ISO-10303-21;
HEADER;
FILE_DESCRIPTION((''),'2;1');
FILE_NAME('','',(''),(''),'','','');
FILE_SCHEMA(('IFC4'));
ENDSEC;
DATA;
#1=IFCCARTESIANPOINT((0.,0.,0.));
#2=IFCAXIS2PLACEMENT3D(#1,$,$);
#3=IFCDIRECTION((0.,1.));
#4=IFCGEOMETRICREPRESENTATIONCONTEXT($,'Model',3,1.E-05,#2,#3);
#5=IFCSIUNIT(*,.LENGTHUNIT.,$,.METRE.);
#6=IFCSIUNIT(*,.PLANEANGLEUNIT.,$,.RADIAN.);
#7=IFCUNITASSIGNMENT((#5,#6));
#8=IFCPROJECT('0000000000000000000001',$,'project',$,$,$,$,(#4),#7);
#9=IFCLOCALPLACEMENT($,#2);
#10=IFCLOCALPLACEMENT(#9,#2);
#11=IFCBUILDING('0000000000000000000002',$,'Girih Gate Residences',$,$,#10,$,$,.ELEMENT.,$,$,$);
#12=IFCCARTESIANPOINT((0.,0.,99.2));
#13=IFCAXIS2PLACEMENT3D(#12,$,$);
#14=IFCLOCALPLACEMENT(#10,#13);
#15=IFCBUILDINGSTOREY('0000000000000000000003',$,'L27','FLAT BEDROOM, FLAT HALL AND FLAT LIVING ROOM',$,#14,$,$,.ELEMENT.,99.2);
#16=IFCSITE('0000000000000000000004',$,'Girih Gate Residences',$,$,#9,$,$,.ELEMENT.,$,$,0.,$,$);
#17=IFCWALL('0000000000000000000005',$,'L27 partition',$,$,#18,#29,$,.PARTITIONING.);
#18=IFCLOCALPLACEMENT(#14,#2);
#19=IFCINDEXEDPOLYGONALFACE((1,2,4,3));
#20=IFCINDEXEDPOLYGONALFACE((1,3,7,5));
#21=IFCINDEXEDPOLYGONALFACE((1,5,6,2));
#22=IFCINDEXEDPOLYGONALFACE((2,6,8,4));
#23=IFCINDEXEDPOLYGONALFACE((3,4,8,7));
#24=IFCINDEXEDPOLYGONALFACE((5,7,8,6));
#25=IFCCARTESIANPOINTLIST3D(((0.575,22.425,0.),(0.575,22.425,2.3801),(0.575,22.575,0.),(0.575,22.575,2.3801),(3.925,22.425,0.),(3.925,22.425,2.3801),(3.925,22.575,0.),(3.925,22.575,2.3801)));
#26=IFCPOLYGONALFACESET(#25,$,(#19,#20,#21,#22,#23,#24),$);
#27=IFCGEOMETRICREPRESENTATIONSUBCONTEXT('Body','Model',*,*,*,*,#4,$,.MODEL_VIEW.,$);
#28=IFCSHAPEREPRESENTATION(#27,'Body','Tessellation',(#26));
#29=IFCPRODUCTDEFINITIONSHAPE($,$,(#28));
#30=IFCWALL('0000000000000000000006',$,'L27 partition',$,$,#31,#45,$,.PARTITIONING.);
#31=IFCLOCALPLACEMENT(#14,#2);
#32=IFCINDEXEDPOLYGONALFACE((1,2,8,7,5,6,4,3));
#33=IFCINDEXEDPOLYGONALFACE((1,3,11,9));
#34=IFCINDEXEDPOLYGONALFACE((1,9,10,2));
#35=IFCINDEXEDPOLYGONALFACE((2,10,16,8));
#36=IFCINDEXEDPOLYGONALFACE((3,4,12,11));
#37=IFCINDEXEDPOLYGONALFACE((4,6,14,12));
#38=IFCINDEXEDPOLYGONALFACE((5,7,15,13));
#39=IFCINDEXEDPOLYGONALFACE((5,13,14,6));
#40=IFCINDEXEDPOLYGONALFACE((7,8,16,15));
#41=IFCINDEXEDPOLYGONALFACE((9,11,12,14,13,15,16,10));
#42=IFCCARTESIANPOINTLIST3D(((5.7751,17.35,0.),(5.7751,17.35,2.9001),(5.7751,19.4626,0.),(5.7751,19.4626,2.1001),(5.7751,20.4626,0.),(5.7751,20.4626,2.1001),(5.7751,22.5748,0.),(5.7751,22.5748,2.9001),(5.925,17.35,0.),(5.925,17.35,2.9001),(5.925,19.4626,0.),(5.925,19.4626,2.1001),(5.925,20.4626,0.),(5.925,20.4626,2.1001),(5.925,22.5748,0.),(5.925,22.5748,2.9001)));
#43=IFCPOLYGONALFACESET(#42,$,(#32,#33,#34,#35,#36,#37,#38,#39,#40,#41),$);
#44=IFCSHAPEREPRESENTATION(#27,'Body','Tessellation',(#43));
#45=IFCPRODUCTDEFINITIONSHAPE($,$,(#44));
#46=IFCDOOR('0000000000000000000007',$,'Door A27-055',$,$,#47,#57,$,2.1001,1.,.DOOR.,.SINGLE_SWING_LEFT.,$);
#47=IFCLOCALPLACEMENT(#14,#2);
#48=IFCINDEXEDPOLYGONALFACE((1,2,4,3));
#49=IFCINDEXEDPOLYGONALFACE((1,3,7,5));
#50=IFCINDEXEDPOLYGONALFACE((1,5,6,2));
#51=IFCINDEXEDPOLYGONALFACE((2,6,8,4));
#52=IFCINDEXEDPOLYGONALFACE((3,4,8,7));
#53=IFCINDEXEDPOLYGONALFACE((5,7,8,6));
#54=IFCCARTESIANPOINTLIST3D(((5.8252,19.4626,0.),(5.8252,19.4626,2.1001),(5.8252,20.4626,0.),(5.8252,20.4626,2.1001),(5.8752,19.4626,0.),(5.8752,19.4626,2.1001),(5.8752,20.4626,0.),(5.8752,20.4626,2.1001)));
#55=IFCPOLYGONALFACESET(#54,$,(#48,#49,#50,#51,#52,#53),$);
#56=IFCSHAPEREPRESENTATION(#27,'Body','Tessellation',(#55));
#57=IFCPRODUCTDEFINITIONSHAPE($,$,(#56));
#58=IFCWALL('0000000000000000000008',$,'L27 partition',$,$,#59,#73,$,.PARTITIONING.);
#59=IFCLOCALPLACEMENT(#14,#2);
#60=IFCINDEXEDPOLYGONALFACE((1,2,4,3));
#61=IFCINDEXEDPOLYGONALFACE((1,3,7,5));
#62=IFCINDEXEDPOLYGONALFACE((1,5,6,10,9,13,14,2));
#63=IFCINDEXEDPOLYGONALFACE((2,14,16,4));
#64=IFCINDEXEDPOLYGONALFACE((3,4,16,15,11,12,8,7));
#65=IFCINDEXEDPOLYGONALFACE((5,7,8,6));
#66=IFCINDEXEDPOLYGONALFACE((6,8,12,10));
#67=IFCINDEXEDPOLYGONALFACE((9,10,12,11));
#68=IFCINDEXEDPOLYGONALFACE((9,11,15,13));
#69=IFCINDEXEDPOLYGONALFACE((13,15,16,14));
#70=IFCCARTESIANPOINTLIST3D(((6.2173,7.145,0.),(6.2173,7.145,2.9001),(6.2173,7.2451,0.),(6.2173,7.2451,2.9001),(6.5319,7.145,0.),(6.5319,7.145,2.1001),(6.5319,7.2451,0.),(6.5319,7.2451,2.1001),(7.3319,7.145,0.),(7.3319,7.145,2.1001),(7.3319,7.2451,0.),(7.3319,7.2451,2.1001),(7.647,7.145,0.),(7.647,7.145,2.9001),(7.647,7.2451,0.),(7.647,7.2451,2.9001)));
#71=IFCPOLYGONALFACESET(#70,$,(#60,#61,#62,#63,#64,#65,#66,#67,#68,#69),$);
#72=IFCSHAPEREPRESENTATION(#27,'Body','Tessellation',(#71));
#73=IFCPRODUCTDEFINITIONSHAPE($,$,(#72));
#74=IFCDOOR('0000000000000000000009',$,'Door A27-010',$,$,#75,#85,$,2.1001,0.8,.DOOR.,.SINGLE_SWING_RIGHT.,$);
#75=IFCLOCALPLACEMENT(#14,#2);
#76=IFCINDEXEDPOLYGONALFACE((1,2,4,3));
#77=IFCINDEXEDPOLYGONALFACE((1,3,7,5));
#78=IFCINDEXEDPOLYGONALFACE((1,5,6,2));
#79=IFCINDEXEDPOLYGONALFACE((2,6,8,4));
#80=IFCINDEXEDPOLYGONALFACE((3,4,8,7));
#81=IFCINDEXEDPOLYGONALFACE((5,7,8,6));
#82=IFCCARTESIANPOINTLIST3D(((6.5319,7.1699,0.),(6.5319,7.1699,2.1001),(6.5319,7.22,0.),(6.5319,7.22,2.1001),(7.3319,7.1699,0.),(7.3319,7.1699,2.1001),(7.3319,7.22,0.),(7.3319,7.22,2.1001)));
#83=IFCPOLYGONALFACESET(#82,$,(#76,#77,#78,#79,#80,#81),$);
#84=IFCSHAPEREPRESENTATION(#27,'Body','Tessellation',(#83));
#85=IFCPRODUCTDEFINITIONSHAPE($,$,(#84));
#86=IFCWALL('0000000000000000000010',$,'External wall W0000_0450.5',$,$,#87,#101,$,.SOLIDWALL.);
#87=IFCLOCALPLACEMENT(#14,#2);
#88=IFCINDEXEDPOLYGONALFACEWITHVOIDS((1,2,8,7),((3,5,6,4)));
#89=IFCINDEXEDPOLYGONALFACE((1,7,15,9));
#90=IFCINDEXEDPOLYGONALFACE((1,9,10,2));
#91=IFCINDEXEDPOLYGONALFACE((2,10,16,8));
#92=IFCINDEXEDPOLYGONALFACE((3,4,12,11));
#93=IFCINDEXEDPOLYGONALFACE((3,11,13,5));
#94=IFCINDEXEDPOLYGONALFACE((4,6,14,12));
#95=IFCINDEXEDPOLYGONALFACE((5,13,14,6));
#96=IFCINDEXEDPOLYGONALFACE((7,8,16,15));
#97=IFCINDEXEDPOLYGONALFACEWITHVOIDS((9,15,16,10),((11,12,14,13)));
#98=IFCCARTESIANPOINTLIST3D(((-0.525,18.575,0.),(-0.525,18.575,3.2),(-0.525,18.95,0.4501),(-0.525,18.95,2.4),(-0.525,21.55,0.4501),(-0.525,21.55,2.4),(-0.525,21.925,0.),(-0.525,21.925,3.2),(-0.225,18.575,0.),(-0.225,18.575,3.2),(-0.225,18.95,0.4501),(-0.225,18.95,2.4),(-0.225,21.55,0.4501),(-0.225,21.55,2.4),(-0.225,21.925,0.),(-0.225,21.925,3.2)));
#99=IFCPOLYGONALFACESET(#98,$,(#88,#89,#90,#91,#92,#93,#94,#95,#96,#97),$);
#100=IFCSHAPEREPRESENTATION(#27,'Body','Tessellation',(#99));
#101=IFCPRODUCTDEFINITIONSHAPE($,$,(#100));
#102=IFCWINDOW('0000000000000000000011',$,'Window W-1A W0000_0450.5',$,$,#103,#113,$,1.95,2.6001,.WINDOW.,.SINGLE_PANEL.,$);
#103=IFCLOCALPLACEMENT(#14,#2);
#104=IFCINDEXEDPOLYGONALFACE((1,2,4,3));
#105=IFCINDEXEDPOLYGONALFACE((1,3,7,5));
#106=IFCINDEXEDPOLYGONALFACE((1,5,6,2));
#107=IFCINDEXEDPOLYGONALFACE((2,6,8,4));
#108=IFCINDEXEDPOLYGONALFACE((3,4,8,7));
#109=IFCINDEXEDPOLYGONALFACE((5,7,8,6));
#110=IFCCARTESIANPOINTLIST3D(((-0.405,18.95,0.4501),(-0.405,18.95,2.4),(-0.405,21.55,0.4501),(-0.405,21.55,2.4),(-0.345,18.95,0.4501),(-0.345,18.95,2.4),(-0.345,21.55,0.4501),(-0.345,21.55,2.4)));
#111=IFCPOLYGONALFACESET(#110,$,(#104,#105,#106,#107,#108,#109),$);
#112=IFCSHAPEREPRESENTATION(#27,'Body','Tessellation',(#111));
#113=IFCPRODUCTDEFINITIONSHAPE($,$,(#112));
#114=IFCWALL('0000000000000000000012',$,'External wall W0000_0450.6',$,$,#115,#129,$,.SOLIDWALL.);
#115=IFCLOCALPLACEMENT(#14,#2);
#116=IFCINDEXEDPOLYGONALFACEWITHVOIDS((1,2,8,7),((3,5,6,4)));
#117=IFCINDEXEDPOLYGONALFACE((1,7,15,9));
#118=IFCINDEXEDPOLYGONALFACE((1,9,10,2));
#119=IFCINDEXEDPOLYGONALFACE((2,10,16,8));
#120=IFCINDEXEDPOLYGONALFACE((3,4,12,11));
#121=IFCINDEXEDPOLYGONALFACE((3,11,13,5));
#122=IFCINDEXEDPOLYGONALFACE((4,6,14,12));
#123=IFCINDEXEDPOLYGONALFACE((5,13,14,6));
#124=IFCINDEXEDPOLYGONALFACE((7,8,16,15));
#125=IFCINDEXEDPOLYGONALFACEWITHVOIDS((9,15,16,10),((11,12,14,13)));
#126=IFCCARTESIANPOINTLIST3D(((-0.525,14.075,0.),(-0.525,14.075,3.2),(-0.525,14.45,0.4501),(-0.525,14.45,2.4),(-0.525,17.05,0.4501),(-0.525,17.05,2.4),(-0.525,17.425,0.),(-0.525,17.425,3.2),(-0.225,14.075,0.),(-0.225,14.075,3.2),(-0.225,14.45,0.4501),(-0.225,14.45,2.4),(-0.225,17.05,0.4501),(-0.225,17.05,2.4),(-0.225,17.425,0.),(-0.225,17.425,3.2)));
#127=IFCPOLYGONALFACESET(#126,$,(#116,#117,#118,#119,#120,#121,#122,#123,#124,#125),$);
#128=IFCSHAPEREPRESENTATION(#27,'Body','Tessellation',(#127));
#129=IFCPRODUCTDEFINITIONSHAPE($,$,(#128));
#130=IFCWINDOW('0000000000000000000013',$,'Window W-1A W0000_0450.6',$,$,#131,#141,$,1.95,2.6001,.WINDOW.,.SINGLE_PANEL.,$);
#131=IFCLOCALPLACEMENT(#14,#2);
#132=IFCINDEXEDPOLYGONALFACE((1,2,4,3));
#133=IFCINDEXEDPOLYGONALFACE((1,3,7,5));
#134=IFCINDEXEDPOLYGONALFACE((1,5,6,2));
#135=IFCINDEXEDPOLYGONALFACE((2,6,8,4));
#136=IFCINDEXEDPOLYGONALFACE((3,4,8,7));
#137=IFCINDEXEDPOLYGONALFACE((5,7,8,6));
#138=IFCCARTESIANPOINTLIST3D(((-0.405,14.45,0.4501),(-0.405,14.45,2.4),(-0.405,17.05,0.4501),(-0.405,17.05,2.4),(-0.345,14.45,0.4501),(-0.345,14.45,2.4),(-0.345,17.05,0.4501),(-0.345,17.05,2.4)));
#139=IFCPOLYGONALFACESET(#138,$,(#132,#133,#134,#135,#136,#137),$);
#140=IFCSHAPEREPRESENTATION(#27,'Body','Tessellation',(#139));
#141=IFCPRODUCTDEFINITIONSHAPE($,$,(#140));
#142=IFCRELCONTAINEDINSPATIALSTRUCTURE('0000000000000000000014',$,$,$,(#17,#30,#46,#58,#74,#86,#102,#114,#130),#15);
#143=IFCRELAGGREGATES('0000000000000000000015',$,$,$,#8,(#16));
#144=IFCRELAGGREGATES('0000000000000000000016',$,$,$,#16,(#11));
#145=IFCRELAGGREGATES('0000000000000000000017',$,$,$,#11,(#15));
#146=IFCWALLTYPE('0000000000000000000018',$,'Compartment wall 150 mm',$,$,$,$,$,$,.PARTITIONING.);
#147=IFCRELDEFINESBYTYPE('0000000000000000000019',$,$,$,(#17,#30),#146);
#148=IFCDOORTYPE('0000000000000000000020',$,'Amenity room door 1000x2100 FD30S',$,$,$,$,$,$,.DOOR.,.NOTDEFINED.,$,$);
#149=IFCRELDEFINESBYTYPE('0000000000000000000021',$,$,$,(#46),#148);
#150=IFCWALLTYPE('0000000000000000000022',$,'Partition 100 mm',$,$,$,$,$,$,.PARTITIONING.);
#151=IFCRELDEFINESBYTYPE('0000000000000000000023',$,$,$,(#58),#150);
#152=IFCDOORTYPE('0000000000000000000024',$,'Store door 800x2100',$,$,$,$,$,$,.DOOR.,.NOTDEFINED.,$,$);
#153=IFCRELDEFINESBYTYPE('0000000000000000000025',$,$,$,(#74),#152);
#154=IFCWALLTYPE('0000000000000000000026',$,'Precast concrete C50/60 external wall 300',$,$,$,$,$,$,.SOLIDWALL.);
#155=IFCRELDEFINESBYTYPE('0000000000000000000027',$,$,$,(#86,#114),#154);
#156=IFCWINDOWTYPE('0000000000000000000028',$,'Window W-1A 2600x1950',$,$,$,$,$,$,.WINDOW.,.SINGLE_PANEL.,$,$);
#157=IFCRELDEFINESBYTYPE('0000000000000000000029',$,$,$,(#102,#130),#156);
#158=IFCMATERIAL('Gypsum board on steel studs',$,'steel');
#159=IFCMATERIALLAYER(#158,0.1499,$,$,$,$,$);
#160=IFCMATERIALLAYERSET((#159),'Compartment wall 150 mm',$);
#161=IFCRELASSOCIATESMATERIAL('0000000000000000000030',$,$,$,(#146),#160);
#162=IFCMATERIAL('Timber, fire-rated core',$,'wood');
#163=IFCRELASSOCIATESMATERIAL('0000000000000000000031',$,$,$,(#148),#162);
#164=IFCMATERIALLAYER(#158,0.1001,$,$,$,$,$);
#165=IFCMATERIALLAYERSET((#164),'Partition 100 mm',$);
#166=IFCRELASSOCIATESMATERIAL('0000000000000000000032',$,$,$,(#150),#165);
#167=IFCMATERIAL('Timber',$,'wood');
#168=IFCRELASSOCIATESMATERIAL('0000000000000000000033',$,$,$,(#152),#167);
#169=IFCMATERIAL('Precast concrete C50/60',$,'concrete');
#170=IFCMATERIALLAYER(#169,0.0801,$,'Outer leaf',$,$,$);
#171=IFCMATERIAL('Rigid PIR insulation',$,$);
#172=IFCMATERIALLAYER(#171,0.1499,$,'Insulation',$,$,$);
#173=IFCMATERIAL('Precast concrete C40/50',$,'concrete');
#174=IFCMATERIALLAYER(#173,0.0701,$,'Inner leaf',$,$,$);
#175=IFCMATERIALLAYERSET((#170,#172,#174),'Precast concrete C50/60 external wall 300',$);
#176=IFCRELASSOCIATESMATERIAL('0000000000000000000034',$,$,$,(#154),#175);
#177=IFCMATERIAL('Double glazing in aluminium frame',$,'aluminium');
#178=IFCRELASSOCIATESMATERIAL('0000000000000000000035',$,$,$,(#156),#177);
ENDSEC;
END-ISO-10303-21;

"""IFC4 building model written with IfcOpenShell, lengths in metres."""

from ifc_helpers import new_model, si_unit, direction, frame, frame_2d, origin, place, context, subcontext, project, spatial, rectangle, extrude, material, layer, layer_set, type_object, element, fill, save


model = new_model("IFC4")

# Units and contexts
model_context = context("Model", 3, precision=1e-05, world=origin(), true_north=direction((0.0, 1.0)))
body_context = subcontext(model_context, "Body", "Model", "MODEL_VIEW")
ifc_project = project(units=[si_unit("LENGTHUNIT", "METRE"), si_unit("PLANEANGLEUNIT", "RADIAN")], contexts=[model_context])

# Site, building, storey
site_placement = place(None, origin())
site = spatial("IfcSite", under=ifc_project, at=site_placement, Name="Girih Gate Residences", CompositionType="ELEMENT", RefElevation=0.0)
building_placement = place(site_placement, origin())
building = spatial("IfcBuilding", under=site, at=building_placement, Name="Girih Gate Residences", CompositionType="ELEMENT")
storey_placement = place(building_placement, frame((0.0, 0.0, 99.2)))
storey = spatial("IfcBuildingStorey", under=building, at=storey_placement, Name="L27", Description="FLAT BEDROOM, FLAT HALL AND FLAT LIVING ROOM", CompositionType="ELEMENT", Elevation=99.2)

# Shared definitions
ifc_material_1 = material(Name="Gypsum board on steel studs", Category="steel")
ifc_layer_1 = layer(ifc_material_1, 0.1499)
ifc_layer_set_1 = layer_set([ifc_layer_1], Name="Compartment wall 150 mm")
wall_type_1 = type_object("IfcWallType", Name="Compartment wall 150 mm", PredefinedType="PARTITIONING", material=ifc_layer_set_1)

# Shared definitions
ifc_material_2 = material(Name="Timber", Category="wood")

# Wall
wall_1_placement = place(storey_placement, frame((0.575, 22.5, 0.0), z_axis=(0.0, 0.0, 1.0), x_axis=(1.0, 0.0, 0.0)))
element("IfcWall", 1, at=wall_1_placement, inside=storey, type_object=wall_type_1, Name="L27 partition", PredefinedType="PARTITIONING", context=body_context, shape_type="SweptSolid", body=[
    extrude(rectangle(XDim=3.3501, YDim=0.1499, at=frame_2d((1.675, 0.0))), origin(), (0.0, 0.0, 1.0), 2.3801),
])

# Walls, openings, doors
wall_2_placement = place(storey_placement, frame((5.8501, 17.3501, 0.0), z_axis=(0.0, 0.0, 1.0), x_axis=(0.0, 1.0, 0.0)))
wall_2 = element("IfcWall", 2, at=wall_2_placement, inside=storey, type_object=wall_type_1, Name="L27 partition", PredefinedType="PARTITIONING", context=body_context, shape_type="SweptSolid", body=[
    extrude(rectangle(XDim=5.2249, YDim=0.1499, at=frame_2d((2.6123, 0.0))), origin(), (0.0, 0.0, 1.0), 2.9001),
])
opening_1_placement = place(wall_2_placement, frame((2.1125, 0.0, 0.0)))
opening_1 = element("IfcOpeningElement", 3, at=opening_1_placement, cuts=wall_2, PredefinedType="OPENING", context=body_context, shape_type="SweptSolid", body=[
    extrude(rectangle(XDim=1.0, YDim=2.1001, at=frame_2d((0.5, 1.05))), frame((0.0, 0.085, 0.0), z_axis=(0.0, -1.0, 0.0), x_axis=(1.0, 0.0, 0.0)), (0.0, 0.0, 1.0), 0.1699),
])
ifc_material_3 = material(Name="Timber, fire-rated core", Category="wood")
door_type_1 = type_object("IfcDoorType", Name="Amenity room door 1000x2100 FD30S", OperationType="NOTDEFINED", PredefinedType="DOOR", material=ifc_material_3)
door_1_placement = place(opening_1_placement, origin())
door_1 = element("IfcDoor", 4, at=door_1_placement, inside=storey, type_object=door_type_1, Name="Door A27-055", OperationType="SINGLE_SWING_LEFT", OverallHeight=2.1001, OverallWidth=1.0, PredefinedType="DOOR", context=body_context, shape_type="SweptSolid", body=[
    extrude(rectangle(XDim=1.0, YDim=2.1001, at=frame_2d((0.5, 1.05))), frame((0.0, 0.0249, 0.0), z_axis=(0.0, -1.0, 0.0), x_axis=(1.0, 0.0, 0.0)), (0.0, 0.0, 1.0), 0.05),
])
fill(opening_1, door_1)
ifc_layer_2 = layer(ifc_material_1, 0.1001)
ifc_layer_set_2 = layer_set([ifc_layer_2], Name="Partition 100 mm")
wall_type_2 = type_object("IfcWallType", Name="Partition 100 mm", PredefinedType="PARTITIONING", material=ifc_layer_set_2)
wall_3_placement = place(storey_placement, frame((6.2173, 7.1951, 0.0), z_axis=(0.0, 0.0, 1.0), x_axis=(1.0, 0.0, 0.0)))
wall_3 = element("IfcWall", 5, at=wall_3_placement, inside=storey, type_object=wall_type_2, Name="L27 partition", PredefinedType="PARTITIONING", context=body_context, shape_type="SweptSolid", body=[
    extrude(rectangle(XDim=1.4297, YDim=0.1001, at=frame_2d((0.7148, 0.0))), origin(), (0.0, 0.0, 1.0), 2.9001),
])
opening_2_placement = place(wall_3_placement, frame((0.3147, 0.0, 0.0)))
opening_2 = element("IfcOpeningElement", 6, at=opening_2_placement, cuts=wall_3, PredefinedType="OPENING", context=body_context, shape_type="SweptSolid", body=[
    extrude(rectangle(XDim=0.8, YDim=2.1001, at=frame_2d((0.3999, 1.05))), frame((0.0, 0.0601, 0.0), z_axis=(0.0, -1.0, 0.0), x_axis=(1.0, 0.0, 0.0)), (0.0, 0.0, 1.0), 0.1201),
])
door_type_2 = type_object("IfcDoorType", Name="Store door 800x2100", OperationType="NOTDEFINED", PredefinedType="DOOR", material=ifc_material_2)
door_2_placement = place(opening_2_placement, origin())
door_2 = element("IfcDoor", 7, at=door_2_placement, inside=storey, type_object=door_type_2, Name="Door A27-010", OperationType="SINGLE_SWING_RIGHT", OverallHeight=2.1001, OverallWidth=0.8, PredefinedType="DOOR", context=body_context, shape_type="SweptSolid", body=[
    extrude(rectangle(XDim=0.8, YDim=2.1001, at=frame_2d((0.3999, 1.05))), frame((0.0, 0.0249, 0.0), z_axis=(0.0, -1.0, 0.0), x_axis=(1.0, 0.0, 0.0)), (0.0, 0.0, 1.0), 0.05),
])
fill(opening_2, door_2)

# Walls, openings, windows
ifc_material_4 = material(Name="Precast concrete C50/60", Category="concrete")
ifc_layer_3 = layer(ifc_material_4, 0.0801, Name="Outer leaf")
ifc_material_5 = material(Name="Rigid PIR insulation")
ifc_layer_4 = layer(ifc_material_5, 0.1499, Name="Insulation")
ifc_material_6 = material(Name="Precast concrete C40/50", Category="concrete")
ifc_layer_5 = layer(ifc_material_6, 0.0701, Name="Inner leaf")
ifc_layer_set_3 = layer_set([ifc_layer_3, ifc_layer_4, ifc_layer_5], Name="Precast concrete C50/60 external wall 300")
wall_type_3 = type_object("IfcWallType", Name="Precast concrete C50/60 external wall 300", PredefinedType="SOLIDWALL", material=ifc_layer_set_3)
wall_4_placement = place(storey_placement, frame((-0.375, 18.575, 0.0), z_axis=(0.0, 0.0, 1.0), x_axis=(0.0, 1.0, 0.0)))
wall_4 = element("IfcWall", 8, at=wall_4_placement, inside=storey, type_object=wall_type_3, Name="External wall W0000_0450.5", PredefinedType="SOLIDWALL", context=body_context, shape_type="SweptSolid", body=[
    extrude(rectangle(XDim=3.3501, YDim=0.3, at=frame_2d((1.675, 0.0))), origin(), (0.0, 0.0, 1.0), 3.2),
])
opening_3_placement = place(wall_4_placement, frame((0.375, 0.0, 0.45)))
opening_3 = element("IfcOpeningElement", 9, at=opening_3_placement, cuts=wall_4, PredefinedType="OPENING", context=body_context, shape_type="SweptSolid", body=[
    extrude(rectangle(XDim=2.6001, YDim=1.95, at=frame_2d((1.3, 0.9751))), frame((0.0, 0.1599, 0.0), z_axis=(0.0, -1.0, 0.0), x_axis=(1.0, 0.0, 0.0)), (0.0, 0.0, 1.0), 0.3201),
])
ifc_material_7 = material(Name="Double glazing in aluminium frame", Category="aluminium")
window_type = type_object("IfcWindowType", Name="Window W-1A 2600x1950", PartitioningType="SINGLE_PANEL", PredefinedType="WINDOW", material=ifc_material_7)
window_1_placement = place(opening_3_placement, origin())
window_1 = element("IfcWindow", 10, at=window_1_placement, inside=storey, type_object=window_type, Name="Window W-1A W0000_0450.5", OverallHeight=1.95, OverallWidth=2.6001, PartitioningType="SINGLE_PANEL", PredefinedType="WINDOW", context=body_context, shape_type="SweptSolid", body=[
    extrude(rectangle(XDim=2.6001, YDim=1.95, at=frame_2d((1.3, 0.9751))), frame((0.0, 0.03, 0.0), z_axis=(0.0, -1.0, 0.0), x_axis=(1.0, 0.0, 0.0)), (0.0, 0.0, 1.0), 0.0601),
])
fill(opening_3, window_1)
wall_5_placement = place(storey_placement, frame((-0.375, 14.075, 0.0), z_axis=(0.0, 0.0, 1.0), x_axis=(0.0, 1.0, 0.0)))
wall_5 = element("IfcWall", 11, at=wall_5_placement, inside=storey, type_object=wall_type_3, Name="External wall W0000_0450.6", PredefinedType="SOLIDWALL", context=body_context, shape_type="SweptSolid", body=[
    extrude(rectangle(XDim=3.3501, YDim=0.3, at=frame_2d((1.675, 0.0))), origin(), (0.0, 0.0, 1.0), 3.2),
])
opening_4_placement = place(wall_5_placement, frame((0.375, 0.0, 0.45)))
opening_4 = element("IfcOpeningElement", 12, at=opening_4_placement, cuts=wall_5, PredefinedType="OPENING", context=body_context, shape_type="SweptSolid", body=[
    extrude(rectangle(XDim=2.6001, YDim=1.95, at=frame_2d((1.3, 0.9751))), frame((0.0, 0.1599, 0.0), z_axis=(0.0, -1.0, 0.0), x_axis=(1.0, 0.0, 0.0)), (0.0, 0.0, 1.0), 0.3201),
])
window_2_placement = place(opening_4_placement, origin())
window_2 = element("IfcWindow", 13, at=window_2_placement, inside=storey, type_object=window_type, Name="Window W-1A W0000_0450.6", OverallHeight=1.95, OverallWidth=2.6001, PartitioningType="SINGLE_PANEL", PredefinedType="WINDOW", context=body_context, shape_type="SweptSolid", body=[
    extrude(rectangle(XDim=2.6001, YDim=1.95, at=frame_2d((1.3, 0.9751))), frame((0.0, 0.03, 0.0), z_axis=(0.0, -1.0, 0.0), x_axis=(1.0, 0.0, 0.0)), (0.0, 0.0, 1.0), 0.0601),
])
fill(opening_4, window_2)

save(model, "model.ifc")
